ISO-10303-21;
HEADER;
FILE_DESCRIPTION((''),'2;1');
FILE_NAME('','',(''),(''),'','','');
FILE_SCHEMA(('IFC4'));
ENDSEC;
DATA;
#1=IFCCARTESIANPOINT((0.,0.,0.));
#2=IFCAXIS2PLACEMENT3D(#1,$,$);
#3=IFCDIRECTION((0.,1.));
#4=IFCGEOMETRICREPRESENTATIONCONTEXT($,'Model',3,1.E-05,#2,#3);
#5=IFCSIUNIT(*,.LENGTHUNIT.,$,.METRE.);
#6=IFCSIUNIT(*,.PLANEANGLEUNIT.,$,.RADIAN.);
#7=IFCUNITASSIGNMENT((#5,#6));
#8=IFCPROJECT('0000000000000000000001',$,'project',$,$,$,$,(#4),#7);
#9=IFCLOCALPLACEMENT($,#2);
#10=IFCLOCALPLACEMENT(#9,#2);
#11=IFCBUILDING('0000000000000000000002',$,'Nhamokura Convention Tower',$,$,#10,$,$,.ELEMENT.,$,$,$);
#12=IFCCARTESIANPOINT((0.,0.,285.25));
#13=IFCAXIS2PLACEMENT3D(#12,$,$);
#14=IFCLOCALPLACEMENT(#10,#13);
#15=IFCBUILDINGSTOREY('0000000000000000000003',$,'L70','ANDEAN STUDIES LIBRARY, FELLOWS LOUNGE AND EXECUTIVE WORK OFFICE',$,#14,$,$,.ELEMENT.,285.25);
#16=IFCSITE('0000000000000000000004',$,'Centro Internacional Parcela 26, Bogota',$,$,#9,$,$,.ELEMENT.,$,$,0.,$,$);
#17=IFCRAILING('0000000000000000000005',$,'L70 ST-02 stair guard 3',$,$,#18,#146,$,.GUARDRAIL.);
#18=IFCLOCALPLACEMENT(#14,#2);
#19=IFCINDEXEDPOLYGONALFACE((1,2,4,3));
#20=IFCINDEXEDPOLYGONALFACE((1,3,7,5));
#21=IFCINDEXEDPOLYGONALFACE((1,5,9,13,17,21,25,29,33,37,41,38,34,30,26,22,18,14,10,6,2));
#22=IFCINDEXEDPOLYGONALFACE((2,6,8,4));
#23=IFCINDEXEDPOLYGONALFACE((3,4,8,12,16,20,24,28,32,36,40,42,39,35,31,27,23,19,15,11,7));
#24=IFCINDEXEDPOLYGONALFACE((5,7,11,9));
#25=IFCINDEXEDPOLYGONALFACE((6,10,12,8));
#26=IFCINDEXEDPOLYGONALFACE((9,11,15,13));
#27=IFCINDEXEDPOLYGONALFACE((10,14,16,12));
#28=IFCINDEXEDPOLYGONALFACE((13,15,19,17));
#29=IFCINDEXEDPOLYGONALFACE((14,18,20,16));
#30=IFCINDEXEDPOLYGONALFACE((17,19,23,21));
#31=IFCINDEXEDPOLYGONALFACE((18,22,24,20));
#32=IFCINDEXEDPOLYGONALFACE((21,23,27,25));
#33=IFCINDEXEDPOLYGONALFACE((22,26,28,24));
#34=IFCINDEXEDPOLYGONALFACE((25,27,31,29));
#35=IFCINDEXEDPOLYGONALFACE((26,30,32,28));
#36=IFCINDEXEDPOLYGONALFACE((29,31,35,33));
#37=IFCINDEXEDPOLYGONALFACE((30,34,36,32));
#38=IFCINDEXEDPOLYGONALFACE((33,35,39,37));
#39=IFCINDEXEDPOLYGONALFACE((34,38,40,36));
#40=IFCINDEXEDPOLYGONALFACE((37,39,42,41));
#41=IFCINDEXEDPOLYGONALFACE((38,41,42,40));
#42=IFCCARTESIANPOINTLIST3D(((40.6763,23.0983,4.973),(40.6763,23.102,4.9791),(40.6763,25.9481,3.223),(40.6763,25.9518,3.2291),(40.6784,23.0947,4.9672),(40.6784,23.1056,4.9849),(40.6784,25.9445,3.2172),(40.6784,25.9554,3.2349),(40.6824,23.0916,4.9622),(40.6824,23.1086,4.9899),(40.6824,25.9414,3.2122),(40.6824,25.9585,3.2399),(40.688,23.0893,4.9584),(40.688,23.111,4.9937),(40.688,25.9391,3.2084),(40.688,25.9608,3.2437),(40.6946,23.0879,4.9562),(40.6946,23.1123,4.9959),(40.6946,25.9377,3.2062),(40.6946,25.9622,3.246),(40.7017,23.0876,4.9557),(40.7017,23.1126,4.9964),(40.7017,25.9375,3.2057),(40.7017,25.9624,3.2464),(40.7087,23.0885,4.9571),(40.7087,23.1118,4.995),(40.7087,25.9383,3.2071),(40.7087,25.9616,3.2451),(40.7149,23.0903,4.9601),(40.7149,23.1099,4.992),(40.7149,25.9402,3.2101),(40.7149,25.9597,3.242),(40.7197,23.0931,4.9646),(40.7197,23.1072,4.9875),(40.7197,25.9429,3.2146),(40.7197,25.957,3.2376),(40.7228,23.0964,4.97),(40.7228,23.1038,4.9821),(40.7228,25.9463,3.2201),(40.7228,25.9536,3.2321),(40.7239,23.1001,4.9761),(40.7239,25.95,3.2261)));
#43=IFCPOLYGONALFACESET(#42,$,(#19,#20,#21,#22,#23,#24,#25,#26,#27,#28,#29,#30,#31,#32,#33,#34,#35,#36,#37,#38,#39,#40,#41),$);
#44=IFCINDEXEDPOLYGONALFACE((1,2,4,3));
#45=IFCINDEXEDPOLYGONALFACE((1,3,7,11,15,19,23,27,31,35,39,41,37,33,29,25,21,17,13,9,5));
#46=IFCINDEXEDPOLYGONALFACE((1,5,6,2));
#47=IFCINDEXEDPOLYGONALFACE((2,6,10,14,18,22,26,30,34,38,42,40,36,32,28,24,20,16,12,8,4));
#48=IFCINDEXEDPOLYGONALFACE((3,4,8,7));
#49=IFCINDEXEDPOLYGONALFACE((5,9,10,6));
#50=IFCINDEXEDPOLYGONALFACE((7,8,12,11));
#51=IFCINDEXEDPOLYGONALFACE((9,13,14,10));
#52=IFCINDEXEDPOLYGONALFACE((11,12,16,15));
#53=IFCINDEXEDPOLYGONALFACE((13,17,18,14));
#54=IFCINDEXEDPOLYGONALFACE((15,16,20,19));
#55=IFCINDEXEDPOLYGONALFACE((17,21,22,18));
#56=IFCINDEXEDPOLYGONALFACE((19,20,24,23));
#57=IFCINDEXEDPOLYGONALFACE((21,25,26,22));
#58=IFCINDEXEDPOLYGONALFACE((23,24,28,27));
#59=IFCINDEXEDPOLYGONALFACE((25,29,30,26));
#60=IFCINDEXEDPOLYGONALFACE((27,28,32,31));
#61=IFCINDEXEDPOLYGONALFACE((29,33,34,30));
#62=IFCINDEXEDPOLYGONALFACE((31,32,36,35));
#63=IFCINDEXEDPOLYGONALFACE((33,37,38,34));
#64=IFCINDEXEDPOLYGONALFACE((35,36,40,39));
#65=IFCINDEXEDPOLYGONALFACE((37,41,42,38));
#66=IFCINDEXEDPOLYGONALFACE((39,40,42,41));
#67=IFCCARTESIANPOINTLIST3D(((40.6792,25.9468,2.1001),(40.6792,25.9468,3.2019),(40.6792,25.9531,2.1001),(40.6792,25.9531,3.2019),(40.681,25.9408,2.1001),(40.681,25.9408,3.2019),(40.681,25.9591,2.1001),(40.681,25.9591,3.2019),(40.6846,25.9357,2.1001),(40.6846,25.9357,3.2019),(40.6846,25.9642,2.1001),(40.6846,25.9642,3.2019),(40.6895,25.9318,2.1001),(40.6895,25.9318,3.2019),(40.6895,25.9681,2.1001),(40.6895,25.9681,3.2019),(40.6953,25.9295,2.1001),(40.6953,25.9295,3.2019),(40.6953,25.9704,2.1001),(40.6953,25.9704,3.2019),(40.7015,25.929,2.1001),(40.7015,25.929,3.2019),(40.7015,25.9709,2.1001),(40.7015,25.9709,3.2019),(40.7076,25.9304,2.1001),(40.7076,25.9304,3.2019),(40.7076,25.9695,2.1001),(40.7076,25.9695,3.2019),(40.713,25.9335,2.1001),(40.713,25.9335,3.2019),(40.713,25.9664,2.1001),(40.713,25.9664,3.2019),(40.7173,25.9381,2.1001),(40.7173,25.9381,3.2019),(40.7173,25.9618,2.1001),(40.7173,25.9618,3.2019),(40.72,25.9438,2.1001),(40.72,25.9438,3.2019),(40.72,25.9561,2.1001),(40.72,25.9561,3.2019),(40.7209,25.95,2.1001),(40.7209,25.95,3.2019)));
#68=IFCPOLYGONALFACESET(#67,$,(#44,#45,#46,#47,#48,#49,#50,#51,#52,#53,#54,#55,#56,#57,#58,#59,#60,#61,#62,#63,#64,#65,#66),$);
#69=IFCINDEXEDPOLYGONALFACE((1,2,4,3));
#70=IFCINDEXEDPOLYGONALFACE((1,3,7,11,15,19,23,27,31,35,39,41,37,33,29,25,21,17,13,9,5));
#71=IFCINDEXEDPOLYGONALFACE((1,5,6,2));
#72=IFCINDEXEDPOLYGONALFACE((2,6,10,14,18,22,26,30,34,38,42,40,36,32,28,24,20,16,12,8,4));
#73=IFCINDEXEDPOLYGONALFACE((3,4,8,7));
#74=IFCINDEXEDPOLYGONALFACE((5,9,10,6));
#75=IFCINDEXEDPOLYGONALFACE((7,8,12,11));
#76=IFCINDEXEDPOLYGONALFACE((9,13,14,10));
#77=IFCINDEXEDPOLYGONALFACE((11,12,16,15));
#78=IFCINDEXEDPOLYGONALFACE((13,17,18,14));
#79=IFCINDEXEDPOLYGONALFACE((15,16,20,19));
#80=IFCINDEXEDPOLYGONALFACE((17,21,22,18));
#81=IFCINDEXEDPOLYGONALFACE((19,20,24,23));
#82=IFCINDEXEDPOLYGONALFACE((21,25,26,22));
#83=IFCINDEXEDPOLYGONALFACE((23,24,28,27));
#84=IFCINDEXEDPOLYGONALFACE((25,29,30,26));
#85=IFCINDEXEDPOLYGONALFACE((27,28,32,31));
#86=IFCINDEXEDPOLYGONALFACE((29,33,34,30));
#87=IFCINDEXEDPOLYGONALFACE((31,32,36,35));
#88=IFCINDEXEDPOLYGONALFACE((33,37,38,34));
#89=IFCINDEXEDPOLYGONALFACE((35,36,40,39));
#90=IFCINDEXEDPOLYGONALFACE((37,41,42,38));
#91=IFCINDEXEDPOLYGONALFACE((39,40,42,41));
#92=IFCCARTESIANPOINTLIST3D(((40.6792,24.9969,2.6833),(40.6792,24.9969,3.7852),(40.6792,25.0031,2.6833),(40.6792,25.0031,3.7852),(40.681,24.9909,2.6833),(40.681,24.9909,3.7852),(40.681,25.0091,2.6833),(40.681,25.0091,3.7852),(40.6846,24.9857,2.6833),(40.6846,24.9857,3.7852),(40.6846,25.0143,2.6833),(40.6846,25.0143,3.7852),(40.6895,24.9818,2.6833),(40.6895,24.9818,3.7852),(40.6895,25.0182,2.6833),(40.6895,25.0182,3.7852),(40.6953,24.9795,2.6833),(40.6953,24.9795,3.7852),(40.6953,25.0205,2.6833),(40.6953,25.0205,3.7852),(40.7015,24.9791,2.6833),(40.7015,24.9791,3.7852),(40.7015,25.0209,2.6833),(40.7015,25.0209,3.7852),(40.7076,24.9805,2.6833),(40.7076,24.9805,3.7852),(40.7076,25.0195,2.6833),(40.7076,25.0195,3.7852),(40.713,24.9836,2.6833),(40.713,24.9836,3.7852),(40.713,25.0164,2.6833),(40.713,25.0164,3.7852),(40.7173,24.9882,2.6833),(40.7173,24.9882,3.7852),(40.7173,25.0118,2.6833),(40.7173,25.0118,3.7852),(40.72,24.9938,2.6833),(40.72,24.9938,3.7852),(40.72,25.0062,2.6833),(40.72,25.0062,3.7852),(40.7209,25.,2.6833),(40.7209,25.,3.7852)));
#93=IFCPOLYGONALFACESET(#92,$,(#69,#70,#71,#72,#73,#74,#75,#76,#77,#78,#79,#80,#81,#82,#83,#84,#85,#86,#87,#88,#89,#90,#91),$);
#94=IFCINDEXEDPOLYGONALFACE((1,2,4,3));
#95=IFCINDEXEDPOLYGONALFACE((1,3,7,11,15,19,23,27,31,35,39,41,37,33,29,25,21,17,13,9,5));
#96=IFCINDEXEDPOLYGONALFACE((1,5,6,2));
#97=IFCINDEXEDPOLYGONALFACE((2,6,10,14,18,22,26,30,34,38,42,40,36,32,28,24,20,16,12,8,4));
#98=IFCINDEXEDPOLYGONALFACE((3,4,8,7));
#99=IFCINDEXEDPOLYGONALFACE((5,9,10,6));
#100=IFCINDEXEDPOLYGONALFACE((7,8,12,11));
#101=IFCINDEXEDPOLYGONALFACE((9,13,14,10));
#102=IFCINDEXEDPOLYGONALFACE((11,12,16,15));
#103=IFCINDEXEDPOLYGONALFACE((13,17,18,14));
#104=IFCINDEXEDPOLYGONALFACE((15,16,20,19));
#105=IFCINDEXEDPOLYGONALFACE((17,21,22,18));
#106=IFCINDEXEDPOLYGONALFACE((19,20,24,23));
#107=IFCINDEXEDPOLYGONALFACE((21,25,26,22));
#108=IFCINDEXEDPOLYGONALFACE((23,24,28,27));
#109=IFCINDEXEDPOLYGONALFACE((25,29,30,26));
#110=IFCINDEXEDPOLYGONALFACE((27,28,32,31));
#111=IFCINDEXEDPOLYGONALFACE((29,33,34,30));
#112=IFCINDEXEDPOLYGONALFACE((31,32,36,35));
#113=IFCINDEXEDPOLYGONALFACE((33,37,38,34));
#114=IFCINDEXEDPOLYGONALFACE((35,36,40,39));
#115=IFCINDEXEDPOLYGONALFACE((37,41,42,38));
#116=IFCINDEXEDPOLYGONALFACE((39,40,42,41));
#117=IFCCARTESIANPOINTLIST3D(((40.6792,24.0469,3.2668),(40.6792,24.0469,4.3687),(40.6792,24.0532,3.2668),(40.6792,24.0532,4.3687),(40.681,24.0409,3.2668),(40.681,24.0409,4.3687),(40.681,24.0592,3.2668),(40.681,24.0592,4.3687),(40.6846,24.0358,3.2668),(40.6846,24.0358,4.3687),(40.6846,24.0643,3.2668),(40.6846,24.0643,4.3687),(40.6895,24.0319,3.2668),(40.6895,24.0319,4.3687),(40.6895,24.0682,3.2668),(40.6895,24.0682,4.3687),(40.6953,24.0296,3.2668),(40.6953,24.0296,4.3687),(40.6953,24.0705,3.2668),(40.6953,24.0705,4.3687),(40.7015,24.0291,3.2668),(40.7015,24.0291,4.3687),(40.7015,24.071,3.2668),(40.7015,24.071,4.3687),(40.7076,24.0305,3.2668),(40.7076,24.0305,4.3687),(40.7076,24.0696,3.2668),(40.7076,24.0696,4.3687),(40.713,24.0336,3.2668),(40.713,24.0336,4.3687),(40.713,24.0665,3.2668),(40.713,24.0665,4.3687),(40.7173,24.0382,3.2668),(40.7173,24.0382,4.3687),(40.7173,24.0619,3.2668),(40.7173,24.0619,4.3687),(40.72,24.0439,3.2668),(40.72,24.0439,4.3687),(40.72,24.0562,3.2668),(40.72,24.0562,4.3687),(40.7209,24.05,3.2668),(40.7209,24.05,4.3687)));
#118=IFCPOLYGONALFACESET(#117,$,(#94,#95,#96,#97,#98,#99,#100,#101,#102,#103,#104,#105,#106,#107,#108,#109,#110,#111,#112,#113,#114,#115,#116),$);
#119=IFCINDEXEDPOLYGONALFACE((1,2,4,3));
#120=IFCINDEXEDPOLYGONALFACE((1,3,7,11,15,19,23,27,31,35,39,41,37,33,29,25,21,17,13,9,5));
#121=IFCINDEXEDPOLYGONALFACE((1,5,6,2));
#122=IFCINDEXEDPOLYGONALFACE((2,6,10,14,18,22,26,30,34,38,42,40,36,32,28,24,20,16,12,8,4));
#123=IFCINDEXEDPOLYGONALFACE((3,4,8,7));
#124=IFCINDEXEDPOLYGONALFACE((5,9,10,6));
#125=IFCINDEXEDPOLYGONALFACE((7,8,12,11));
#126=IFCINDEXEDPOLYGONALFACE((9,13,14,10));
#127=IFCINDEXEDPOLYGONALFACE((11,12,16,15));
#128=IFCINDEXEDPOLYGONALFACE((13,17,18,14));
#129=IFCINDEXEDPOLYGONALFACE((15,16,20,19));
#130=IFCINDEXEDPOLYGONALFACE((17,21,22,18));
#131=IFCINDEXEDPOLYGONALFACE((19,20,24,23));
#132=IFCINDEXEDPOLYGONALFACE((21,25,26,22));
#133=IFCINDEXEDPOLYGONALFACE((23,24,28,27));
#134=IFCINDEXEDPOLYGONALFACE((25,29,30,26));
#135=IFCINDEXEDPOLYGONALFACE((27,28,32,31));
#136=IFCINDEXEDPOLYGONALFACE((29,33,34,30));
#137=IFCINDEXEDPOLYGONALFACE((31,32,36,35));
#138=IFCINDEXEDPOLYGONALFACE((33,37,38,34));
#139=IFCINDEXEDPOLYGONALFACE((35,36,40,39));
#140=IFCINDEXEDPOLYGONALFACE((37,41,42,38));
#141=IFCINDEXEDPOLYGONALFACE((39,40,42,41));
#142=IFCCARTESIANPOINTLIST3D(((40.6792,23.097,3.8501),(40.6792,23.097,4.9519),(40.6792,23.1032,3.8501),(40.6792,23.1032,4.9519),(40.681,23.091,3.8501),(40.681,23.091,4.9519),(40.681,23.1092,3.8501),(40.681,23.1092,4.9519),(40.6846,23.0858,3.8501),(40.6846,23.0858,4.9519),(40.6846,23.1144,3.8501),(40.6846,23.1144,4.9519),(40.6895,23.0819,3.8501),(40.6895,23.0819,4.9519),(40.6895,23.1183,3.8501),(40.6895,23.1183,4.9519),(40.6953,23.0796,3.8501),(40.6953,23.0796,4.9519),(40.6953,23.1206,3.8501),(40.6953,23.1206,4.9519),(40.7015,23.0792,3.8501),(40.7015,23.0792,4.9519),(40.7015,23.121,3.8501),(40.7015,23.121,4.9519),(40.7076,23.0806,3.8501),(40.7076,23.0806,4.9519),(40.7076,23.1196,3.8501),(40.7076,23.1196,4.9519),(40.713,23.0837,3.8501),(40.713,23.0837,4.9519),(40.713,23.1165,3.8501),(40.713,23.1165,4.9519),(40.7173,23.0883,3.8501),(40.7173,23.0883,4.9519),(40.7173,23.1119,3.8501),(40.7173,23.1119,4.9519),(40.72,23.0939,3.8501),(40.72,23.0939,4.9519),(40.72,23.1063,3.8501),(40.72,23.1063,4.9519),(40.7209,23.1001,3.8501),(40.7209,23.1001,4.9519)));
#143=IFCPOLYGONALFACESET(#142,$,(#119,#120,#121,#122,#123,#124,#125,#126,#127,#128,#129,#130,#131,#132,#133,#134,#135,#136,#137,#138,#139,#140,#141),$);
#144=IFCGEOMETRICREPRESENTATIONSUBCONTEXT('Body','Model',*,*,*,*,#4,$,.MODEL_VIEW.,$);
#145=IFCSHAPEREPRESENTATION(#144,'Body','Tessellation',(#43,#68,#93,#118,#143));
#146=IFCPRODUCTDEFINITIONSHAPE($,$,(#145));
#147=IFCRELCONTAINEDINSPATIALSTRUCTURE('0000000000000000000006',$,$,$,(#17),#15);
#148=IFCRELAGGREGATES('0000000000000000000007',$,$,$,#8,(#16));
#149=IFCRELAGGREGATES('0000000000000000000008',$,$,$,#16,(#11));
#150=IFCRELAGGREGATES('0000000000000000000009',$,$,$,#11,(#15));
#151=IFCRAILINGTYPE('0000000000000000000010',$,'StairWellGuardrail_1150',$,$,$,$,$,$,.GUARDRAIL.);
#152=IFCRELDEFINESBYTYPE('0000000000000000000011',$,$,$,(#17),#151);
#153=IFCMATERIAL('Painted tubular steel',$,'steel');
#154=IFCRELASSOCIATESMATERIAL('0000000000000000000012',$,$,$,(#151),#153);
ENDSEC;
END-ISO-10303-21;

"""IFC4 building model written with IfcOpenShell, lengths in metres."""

from ifc_helpers import new_model, si_unit, direction, frame, origin, origin_2d, place, context, subcontext, project, spatial, circle, extrude, material, type_object, element, save


model = new_model("IFC4")

# Units and contexts
model_context = context("Model", 3, precision=1e-05, world=origin(), true_north=direction((0.0, 1.0)))
body_context = subcontext(model_context, "Body", "Model", "MODEL_VIEW")
ifc_project = project(units=[si_unit("LENGTHUNIT", "METRE"), si_unit("PLANEANGLEUNIT", "RADIAN")], contexts=[model_context])

# Site, building, storey
site_placement = place(None, origin())
site = spatial("IfcSite", under=ifc_project, at=site_placement, Name="Centro Internacional Parcela 26, Bogota", CompositionType="ELEMENT", RefElevation=0.0)
building_placement = place(site_placement, origin())
building = spatial("IfcBuilding", under=site, at=building_placement, Name="Nhamokura Convention Tower", CompositionType="ELEMENT")
storey_placement = place(building_placement, frame((0.0, 0.0, 285.25)))
storey = spatial("IfcBuildingStorey", under=building, at=storey_placement, Name="L70", Description="ANDEAN STUDIES LIBRARY, FELLOWS LOUNGE AND EXECUTIVE WORK OFFICE", CompositionType="ELEMENT", Elevation=285.25)

# Railing
ifc_material_1 = material(Name="Painted tubular steel", Category="steel")
railing_type_1 = type_object("IfcRailingType", Name="StairWellGuardrail_1150", PredefinedType="GUARDRAIL", material=ifc_material_1)
railing_1_placement = place(storey_placement, frame((40.7, 25.95, 2.1001)))
element("IfcRailing", 1, at=railing_1_placement, inside=storey, type_object=railing_type_1, Name="L70 ST-02 stair guard 3", PredefinedType="GUARDRAIL", context=body_context, shape_type="SweptSolid", body=[
    extrude(circle(Radius=0.0239, at=origin_2d()), frame((0.0, 0.0, 1.126), z_axis=(0.0, -0.852159, 0.523283), x_axis=(1.0, 0.0, 0.0)), (0.0, 0.0, 1.0), 3.3442),
    extrude(circle(Radius=0.021, at=origin_2d()), origin(), (0.0, 0.0, 1.0), 1.1018),
    extrude(circle(Radius=0.021, at=origin_2d()), frame((0.0, -0.95, 0.5833)), (0.0, 0.0, 1.0), 1.1018),
    extrude(circle(Radius=0.021, at=origin_2d()), frame((0.0, -1.8999, 1.1667)), (0.0, 0.0, 1.0), 1.1018),
    extrude(circle(Radius=0.021, at=origin_2d()), frame((0.0, -2.8499, 1.75)), (0.0, 0.0, 1.0), 1.1018),
])

save(model, "model.ifc")
